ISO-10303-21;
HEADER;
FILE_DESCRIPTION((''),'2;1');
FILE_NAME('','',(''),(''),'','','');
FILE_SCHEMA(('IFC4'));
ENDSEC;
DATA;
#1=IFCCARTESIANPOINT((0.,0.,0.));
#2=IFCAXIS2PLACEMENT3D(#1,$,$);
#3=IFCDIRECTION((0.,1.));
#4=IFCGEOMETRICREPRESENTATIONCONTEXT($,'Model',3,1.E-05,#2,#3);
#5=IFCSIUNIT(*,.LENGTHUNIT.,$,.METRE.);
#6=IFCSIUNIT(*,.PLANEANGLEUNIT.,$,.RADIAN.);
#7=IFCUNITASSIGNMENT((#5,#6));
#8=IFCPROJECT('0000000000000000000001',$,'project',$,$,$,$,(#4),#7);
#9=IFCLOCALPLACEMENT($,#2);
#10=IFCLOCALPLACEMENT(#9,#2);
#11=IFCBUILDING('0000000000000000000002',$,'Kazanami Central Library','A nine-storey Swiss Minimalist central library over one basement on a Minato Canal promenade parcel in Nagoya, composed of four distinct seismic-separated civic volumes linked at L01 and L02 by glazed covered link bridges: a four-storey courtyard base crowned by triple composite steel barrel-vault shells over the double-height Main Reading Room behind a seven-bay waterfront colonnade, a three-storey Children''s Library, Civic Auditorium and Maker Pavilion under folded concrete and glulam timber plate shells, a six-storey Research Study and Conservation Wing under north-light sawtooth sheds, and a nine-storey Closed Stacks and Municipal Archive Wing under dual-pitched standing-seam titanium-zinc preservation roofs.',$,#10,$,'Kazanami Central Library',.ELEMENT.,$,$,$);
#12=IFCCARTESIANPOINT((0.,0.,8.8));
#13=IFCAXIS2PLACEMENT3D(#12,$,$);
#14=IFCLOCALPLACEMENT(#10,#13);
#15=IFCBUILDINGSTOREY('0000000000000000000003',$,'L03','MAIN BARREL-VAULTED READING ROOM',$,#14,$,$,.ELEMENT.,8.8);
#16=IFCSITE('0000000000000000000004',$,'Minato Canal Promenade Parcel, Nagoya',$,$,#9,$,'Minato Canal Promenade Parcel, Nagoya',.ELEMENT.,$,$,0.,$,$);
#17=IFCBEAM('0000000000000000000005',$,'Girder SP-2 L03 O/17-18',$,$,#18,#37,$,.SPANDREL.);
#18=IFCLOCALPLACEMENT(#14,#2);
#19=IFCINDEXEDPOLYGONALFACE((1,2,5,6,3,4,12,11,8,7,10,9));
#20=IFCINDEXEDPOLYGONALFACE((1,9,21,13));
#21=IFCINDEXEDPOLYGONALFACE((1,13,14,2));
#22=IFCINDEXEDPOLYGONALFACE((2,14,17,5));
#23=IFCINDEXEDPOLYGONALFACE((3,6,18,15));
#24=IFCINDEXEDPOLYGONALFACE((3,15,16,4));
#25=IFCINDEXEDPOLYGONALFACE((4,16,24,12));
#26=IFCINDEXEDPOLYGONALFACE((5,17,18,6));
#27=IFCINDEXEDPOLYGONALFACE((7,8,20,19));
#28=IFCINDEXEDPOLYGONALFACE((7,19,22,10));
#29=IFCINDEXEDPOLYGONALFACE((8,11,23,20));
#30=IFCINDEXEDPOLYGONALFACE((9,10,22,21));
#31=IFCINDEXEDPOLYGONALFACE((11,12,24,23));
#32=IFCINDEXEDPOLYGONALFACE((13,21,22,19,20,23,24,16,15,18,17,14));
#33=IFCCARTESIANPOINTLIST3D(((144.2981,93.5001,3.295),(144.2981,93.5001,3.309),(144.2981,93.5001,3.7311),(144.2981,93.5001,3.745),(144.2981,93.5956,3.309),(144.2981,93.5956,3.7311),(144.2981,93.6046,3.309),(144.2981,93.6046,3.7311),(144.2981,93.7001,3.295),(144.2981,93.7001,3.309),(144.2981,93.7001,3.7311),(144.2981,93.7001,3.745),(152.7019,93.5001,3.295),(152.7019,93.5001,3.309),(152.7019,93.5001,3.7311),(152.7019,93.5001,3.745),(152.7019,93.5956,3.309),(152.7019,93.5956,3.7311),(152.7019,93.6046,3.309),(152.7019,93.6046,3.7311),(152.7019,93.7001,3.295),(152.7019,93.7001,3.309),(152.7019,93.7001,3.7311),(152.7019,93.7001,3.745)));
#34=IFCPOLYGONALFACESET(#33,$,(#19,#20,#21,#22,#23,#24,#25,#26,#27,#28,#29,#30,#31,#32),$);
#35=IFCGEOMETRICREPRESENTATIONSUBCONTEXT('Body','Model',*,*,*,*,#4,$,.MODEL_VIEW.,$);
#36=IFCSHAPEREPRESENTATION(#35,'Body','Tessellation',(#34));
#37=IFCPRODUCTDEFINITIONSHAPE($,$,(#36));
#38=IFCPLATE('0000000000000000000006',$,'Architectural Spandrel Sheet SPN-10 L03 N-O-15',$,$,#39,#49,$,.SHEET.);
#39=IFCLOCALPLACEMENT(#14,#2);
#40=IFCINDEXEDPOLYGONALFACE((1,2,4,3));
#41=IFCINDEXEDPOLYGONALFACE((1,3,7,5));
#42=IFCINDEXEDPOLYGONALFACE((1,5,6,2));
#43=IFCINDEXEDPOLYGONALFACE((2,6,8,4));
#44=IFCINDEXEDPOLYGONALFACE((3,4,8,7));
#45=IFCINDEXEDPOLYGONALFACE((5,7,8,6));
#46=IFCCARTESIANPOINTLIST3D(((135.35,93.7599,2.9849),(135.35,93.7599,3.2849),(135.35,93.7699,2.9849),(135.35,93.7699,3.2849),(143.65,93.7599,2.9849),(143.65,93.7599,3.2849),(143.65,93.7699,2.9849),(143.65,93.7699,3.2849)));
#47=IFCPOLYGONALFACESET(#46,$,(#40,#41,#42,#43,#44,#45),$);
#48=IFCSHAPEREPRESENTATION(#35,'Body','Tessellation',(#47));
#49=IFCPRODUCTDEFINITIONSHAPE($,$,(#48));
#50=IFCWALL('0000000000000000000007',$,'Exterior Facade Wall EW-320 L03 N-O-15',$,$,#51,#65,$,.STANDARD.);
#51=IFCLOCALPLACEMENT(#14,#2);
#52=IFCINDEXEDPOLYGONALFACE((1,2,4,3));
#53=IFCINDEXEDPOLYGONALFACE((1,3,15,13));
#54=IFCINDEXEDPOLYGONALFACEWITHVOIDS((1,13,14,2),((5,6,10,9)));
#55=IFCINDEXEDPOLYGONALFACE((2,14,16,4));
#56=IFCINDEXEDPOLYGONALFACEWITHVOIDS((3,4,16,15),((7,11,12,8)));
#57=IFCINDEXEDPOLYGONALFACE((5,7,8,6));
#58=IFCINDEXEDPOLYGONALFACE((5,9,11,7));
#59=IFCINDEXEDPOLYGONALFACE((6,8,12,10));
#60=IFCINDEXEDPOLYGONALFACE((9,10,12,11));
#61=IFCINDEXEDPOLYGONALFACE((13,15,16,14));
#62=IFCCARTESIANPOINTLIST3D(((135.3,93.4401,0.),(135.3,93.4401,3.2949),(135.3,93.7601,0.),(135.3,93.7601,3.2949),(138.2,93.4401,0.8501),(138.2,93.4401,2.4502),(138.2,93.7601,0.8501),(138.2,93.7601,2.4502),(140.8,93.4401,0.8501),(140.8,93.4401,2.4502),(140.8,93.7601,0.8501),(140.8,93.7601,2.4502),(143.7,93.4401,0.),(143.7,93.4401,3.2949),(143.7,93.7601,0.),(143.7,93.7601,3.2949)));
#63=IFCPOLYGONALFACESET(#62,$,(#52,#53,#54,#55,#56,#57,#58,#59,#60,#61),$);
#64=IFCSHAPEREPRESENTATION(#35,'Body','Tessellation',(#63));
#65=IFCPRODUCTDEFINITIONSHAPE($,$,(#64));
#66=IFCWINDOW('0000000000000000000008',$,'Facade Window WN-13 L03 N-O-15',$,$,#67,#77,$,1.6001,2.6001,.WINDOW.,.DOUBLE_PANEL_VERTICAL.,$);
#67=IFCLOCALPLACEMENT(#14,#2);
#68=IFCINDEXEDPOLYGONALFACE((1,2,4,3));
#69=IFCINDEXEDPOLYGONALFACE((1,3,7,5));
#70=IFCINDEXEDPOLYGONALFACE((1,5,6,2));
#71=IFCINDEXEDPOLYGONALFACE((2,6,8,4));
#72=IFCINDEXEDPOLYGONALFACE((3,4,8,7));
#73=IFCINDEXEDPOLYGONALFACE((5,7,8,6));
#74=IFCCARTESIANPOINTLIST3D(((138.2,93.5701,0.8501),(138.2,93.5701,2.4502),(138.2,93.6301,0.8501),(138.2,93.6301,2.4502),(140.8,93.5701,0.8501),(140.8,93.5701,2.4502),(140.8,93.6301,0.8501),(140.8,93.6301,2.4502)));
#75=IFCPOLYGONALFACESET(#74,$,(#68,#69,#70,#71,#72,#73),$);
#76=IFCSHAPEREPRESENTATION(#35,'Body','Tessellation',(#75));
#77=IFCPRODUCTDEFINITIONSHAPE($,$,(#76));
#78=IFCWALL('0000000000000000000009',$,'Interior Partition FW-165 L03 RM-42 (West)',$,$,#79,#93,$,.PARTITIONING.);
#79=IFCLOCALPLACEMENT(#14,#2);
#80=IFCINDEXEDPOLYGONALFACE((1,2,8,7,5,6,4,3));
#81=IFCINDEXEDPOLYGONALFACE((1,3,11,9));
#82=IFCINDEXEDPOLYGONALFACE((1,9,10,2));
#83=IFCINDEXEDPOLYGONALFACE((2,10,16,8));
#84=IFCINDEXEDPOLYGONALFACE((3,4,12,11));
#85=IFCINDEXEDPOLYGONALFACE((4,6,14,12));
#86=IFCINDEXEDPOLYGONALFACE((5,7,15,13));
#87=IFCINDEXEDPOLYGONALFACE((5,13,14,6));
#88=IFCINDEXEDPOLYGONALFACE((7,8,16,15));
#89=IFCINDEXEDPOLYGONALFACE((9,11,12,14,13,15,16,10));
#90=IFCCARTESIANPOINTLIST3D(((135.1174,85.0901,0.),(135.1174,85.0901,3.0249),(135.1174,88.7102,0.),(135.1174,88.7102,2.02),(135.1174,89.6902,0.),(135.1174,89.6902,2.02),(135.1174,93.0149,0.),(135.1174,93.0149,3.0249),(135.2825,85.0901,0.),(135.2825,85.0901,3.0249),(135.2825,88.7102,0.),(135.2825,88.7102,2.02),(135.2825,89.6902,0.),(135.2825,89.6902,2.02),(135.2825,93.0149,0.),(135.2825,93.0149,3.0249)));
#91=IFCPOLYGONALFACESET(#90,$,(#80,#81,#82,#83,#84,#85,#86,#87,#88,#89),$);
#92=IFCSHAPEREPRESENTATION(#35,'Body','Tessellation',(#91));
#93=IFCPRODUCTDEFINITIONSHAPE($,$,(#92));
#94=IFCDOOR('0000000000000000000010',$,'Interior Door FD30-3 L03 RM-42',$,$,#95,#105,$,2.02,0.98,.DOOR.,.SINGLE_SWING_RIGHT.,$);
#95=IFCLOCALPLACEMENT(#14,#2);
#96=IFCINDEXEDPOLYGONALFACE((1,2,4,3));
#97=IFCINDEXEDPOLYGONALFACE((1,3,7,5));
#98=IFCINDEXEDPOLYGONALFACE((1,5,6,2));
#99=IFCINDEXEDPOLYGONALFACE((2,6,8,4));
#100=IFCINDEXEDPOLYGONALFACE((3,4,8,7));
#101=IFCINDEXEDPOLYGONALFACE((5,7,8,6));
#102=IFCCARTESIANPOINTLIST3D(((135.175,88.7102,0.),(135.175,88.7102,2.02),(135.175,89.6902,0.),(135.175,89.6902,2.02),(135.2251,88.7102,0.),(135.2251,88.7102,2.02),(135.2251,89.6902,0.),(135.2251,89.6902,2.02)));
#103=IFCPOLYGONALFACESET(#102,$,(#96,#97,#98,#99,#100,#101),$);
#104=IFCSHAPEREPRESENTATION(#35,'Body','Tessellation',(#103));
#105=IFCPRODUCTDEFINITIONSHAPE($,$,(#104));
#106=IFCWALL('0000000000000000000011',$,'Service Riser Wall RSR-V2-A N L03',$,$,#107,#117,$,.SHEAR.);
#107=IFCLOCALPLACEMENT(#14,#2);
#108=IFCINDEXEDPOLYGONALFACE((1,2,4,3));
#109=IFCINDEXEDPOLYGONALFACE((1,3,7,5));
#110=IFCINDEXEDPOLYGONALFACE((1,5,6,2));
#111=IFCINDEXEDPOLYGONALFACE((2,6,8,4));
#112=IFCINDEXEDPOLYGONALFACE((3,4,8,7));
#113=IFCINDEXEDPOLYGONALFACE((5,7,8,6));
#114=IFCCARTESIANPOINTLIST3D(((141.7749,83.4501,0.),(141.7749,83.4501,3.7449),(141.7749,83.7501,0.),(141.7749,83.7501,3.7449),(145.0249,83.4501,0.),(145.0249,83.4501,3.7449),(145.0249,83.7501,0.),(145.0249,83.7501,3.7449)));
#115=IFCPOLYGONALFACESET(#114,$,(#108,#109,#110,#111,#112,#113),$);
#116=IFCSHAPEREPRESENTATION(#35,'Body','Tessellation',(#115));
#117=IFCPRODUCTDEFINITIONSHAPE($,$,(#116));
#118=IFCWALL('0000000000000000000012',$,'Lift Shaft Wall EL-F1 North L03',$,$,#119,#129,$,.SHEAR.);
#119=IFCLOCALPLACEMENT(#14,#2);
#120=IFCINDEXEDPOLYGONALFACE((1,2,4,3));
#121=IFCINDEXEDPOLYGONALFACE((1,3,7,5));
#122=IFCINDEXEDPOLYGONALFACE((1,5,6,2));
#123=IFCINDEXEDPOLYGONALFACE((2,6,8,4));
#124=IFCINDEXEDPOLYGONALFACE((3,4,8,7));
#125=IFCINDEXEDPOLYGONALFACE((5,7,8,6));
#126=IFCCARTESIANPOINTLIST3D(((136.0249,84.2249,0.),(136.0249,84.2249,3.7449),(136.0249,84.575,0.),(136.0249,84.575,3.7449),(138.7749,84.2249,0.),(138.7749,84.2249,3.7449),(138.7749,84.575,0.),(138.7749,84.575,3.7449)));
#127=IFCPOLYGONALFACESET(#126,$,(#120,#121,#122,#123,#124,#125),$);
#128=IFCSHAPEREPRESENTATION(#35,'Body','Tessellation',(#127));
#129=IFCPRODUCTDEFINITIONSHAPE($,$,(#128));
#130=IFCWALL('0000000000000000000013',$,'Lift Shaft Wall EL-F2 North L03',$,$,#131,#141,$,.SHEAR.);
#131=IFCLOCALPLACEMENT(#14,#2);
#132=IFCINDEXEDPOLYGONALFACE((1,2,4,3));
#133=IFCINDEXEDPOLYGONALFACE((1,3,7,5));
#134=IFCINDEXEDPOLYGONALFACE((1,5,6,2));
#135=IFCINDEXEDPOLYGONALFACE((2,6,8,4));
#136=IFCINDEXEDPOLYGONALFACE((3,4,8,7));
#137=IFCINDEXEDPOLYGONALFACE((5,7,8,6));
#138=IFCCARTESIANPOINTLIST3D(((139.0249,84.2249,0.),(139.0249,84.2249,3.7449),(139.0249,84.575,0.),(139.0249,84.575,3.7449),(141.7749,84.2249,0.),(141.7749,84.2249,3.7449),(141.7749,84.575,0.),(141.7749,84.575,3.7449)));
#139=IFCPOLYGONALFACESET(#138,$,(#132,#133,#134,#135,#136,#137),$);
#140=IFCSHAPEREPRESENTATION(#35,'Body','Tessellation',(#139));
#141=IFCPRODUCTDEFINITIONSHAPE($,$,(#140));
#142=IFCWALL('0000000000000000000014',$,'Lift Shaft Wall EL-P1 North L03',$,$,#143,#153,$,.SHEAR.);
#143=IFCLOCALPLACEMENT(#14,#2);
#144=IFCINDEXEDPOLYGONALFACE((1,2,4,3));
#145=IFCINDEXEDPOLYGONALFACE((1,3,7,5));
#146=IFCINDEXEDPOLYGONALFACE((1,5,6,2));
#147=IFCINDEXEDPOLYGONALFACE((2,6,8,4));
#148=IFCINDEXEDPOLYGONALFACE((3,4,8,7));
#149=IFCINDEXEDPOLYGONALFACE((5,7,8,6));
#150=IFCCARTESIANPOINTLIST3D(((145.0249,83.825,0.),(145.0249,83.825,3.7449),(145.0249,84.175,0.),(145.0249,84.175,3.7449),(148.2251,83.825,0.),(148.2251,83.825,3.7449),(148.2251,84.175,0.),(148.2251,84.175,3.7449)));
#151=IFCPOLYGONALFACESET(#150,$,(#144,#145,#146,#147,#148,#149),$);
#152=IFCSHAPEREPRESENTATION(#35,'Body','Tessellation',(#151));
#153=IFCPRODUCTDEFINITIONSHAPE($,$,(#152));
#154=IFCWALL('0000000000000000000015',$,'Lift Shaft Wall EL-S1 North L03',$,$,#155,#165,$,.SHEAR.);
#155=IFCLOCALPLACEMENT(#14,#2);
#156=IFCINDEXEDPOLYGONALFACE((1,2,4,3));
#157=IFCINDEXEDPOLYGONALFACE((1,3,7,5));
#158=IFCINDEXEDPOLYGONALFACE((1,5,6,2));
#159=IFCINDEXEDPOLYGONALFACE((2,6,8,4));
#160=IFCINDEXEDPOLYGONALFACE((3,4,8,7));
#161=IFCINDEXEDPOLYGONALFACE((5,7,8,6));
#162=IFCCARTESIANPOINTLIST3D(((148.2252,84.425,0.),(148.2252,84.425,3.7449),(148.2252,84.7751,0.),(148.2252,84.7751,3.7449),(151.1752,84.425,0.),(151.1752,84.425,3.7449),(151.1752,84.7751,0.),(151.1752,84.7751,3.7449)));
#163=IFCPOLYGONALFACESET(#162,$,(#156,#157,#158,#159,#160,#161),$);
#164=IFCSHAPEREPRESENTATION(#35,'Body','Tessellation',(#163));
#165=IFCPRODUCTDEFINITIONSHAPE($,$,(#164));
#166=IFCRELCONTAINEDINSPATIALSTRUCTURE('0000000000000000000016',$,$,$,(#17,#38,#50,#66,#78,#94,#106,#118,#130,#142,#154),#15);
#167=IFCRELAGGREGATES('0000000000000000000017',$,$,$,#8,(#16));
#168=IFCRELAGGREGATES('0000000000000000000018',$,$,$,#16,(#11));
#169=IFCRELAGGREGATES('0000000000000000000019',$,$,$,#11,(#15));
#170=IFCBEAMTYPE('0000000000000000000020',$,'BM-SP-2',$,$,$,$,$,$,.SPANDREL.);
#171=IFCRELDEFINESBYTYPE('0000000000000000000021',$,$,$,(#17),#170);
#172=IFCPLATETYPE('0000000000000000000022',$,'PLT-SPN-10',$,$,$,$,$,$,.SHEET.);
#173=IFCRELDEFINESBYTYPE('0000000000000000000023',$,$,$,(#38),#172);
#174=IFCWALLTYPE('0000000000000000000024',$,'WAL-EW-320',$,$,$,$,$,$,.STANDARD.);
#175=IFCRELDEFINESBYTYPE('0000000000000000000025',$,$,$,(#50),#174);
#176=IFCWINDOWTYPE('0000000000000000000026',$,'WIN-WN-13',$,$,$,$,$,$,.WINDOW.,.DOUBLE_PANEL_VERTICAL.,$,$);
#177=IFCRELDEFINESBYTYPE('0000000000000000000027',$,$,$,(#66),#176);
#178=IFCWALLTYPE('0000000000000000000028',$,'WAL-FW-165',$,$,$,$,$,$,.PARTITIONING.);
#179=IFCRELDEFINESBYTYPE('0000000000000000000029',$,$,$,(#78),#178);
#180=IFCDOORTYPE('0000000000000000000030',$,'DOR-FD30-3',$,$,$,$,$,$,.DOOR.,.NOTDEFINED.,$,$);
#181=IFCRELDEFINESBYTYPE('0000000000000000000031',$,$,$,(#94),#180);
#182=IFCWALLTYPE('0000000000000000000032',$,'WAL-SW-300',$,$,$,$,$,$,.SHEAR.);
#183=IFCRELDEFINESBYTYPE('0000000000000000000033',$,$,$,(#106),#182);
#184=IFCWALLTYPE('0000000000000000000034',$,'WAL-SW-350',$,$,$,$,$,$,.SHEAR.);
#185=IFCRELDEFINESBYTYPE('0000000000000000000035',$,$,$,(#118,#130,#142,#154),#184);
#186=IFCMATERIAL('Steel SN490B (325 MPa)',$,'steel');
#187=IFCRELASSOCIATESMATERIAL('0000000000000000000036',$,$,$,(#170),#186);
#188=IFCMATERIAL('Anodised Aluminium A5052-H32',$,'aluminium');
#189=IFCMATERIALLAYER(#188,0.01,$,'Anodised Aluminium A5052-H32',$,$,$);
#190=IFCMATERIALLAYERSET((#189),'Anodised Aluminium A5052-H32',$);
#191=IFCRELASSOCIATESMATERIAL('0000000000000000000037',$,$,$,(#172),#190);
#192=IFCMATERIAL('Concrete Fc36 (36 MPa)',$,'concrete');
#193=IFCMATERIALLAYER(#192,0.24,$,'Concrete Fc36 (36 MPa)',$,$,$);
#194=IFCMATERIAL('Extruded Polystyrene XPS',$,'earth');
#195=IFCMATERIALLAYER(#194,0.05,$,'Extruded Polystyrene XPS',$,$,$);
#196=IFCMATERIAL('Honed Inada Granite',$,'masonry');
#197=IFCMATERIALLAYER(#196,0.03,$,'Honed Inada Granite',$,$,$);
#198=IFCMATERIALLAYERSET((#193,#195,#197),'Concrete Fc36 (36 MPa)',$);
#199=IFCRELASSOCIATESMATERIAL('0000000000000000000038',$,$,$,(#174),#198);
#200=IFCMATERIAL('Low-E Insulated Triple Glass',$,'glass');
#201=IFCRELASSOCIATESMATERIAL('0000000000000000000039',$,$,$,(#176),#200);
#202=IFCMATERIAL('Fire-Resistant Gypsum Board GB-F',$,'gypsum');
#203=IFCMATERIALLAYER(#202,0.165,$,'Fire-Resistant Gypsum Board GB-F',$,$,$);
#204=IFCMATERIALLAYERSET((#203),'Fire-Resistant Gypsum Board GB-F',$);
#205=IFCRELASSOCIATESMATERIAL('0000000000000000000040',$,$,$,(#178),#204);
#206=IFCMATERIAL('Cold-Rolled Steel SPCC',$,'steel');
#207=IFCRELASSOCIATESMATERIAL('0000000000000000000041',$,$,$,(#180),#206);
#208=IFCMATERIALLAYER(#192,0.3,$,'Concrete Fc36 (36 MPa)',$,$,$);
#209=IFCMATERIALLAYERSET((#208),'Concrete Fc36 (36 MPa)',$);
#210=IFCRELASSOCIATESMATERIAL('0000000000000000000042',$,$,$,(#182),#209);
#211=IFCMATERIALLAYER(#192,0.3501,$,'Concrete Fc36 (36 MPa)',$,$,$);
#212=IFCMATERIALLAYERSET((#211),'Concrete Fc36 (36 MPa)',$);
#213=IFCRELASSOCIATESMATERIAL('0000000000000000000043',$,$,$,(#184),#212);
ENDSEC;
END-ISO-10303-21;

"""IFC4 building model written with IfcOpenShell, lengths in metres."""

from ifc_helpers import new_model, si_unit, direction, frame, frame_2d, origin, origin_2d, place, context, subcontext, project, spatial, rectangle, i_section, extrude, material, layer, layer_set, material_profile, profile_set, type_object, element, fill, save


model = new_model("IFC4")

# Units and contexts
model_context = context("Model", 3, precision=1e-05, world=origin(), true_north=direction((0.0, 1.0)))
body_context = subcontext(model_context, "Body", "Model", "MODEL_VIEW")
ifc_project = project(units=[si_unit("LENGTHUNIT", "METRE"), si_unit("PLANEANGLEUNIT", "RADIAN")], contexts=[model_context])

# Site, building, storey
site_placement = place(None, origin())
site = spatial("IfcSite", under=ifc_project, at=site_placement, Name="Minato Canal Promenade Parcel, Nagoya", LongName="Minato Canal Promenade Parcel, Nagoya", CompositionType="ELEMENT", RefElevation=0.0)
building_placement = place(site_placement, origin())
building = spatial("IfcBuilding", under=site, at=building_placement, Name="Kazanami Central Library", Description="A nine-storey Swiss Minimalist central library over one basement on a Minato Canal promenade parcel in Nagoya, composed of four distinct seismic-separated civic volumes linked at L01 and L02 by glazed covered link bridges: a four-storey courtyard base crowned by triple composite steel barrel-vault shells over the double-height Main Reading Room behind a seven-bay waterfront colonnade, a three-storey Children's Library, Civic Auditorium and Maker Pavilion under folded concrete and glulam timber plate shells, a six-storey Research Study and Conservation Wing under north-light sawtooth sheds, and a nine-storey Closed Stacks and Municipal Archive Wing under dual-pitched standing-seam titanium-zinc preservation roofs.", LongName="Kazanami Central Library", CompositionType="ELEMENT")
storey_placement = place(building_placement, frame((0.0, 0.0, 8.8)))
storey = spatial("IfcBuildingStorey", under=building, at=storey_placement, Name="L03", Description="MAIN BARREL-VAULTED READING ROOM", CompositionType="ELEMENT", Elevation=8.8)

# Beam
ifc_material_1 = material(Name="Steel SN490B (325 MPa)", Category="steel")
ifc_material_profile_1 = material_profile(ifc_material_1, i_section(OverallWidth=0.2, OverallDepth=0.45, WebThickness=0.009, FlangeThickness=0.0139, at=origin_2d()), Name="H-450x200x9x14")
ifc_profile_set_1 = profile_set([ifc_material_profile_1], Name="Steel SN490B (325 MPa)")
beam_type_1 = type_object("IfcBeamType", Name="BM-SP-2", PredefinedType="SPANDREL", material=ifc_profile_set_1)
for number, where, z_axis, x_axis, name in (
    (1, (144.2981, 93.6001, 3.52), (1.0, 0.0, 0.0), (0.0, 1.0, 0.0), "Girder SP-2 L03 O/17-18"),
):
    element("IfcBeam", number, at=place(storey_placement, frame(where, z_axis=z_axis, x_axis=x_axis)), inside=storey, type_object=beam_type_1, Name=name, PredefinedType="SPANDREL", context=body_context, shape_type="SweptSolid", body=[
        extrude(i_section(OverallWidth=0.2, OverallDepth=0.45, WebThickness=0.009, FlangeThickness=0.0139, at=origin_2d()), origin(), (0.0, 0.0, 1.0), 8.4038),
    ])

# Plate
ifc_material_2 = material(Name="Anodised Aluminium A5052-H32", Category="aluminium")
ifc_layer_1 = layer(ifc_material_2, 0.01, Name="Anodised Aluminium A5052-H32")
ifc_layer_set_1 = layer_set([ifc_layer_1], Name="Anodised Aluminium A5052-H32")
plate_type = type_object("IfcPlateType", Name="PLT-SPN-10", PredefinedType="SHEET", material=ifc_layer_set_1)
plate_placement = place(storey_placement, frame((139.5, 93.7649, 2.9849), z_axis=(0.0, 0.0, 1.0), x_axis=(-1.0, 0.0, 0.0)))
element("IfcPlate", 2, at=plate_placement, inside=storey, type_object=plate_type, Name="Architectural Spandrel Sheet SPN-10 L03 N-O-15", PredefinedType="SHEET", context=body_context, shape_type="SweptSolid", body=[
    extrude(rectangle(XDim=8.3, YDim=0.01, at=origin_2d()), origin(), (0.0, 0.0, 1.0), 0.3),
])

# Wall, opening, window
ifc_material_3 = material(Name="Concrete Fc36 (36 MPa)", Category="concrete")
ifc_layer_2 = layer(ifc_material_3, 0.24, Name="Concrete Fc36 (36 MPa)")
ifc_material_4 = material(Name="Extruded Polystyrene XPS", Category="earth")
ifc_layer_3 = layer(ifc_material_4, 0.05, Name="Extruded Polystyrene XPS")
ifc_material_5 = material(Name="Honed Inada Granite", Category="masonry")
ifc_layer_4 = layer(ifc_material_5, 0.03, Name="Honed Inada Granite")
ifc_layer_set_2 = layer_set([ifc_layer_2, ifc_layer_3, ifc_layer_4], Name="Concrete Fc36 (36 MPa)")
wall_type_1 = type_object("IfcWallType", Name="WAL-EW-320", PredefinedType="STANDARD", material=ifc_layer_set_2)
wall_1_placement = place(storey_placement, frame((143.7, 93.6001, 0.0), z_axis=(0.0, 0.0, 1.0), x_axis=(-1.0, 0.0, 0.0)))
wall_1 = element("IfcWall", 3, at=wall_1_placement, inside=storey, type_object=wall_type_1, Name="Exterior Facade Wall EW-320 L03 N-O-15", PredefinedType="STANDARD", context=body_context, shape_type="SweptSolid", body=[
    extrude(rectangle(XDim=8.3999, YDim=0.3201, at=frame_2d((4.2, 0.0))), origin(), (0.0, 0.0, 1.0), 3.2949),
])
opening_1_placement = place(wall_1_placement, frame((2.8999, 0.0, 0.8501)))
opening_1 = element("IfcOpeningElement", 4, at=opening_1_placement, cuts=wall_1, PredefinedType="OPENING", context=body_context, shape_type="SweptSolid", body=[
    extrude(rectangle(XDim=2.6001, YDim=1.6001, at=frame_2d((1.3, 0.8))), frame((0.0, 0.1719, 0.0), z_axis=(0.0, -1.0, 0.0), x_axis=(1.0, 0.0, 0.0)), (0.0, 0.0, 1.0), 0.344),
])
ifc_material_6 = material(Name="Low-E Insulated Triple Glass", Category="glass")
window_type = type_object("IfcWindowType", Name="WIN-WN-13", PartitioningType="DOUBLE_PANEL_VERTICAL", PredefinedType="WINDOW", material=ifc_material_6)
window_placement = place(opening_1_placement, origin())
window = element("IfcWindow", 5, at=window_placement, inside=storey, type_object=window_type, Name="Facade Window WN-13 L03 N-O-15", OverallHeight=1.6001, OverallWidth=2.6001, PartitioningType="DOUBLE_PANEL_VERTICAL", PredefinedType="WINDOW", context=body_context, shape_type="SweptSolid", body=[
    extrude(rectangle(XDim=2.6001, YDim=1.6001, at=frame_2d((1.3, 0.8))), frame((0.0, 0.03, 0.0), z_axis=(0.0, -1.0, 0.0), x_axis=(1.0, 0.0, 0.0)), (0.0, 0.0, 1.0), 0.0601),
])
fill(opening_1, window)

# Wall, opening, door
ifc_material_7 = material(Name="Fire-Resistant Gypsum Board GB-F", Category="gypsum")
ifc_layer_5 = layer(ifc_material_7, 0.165, Name="Fire-Resistant Gypsum Board GB-F")
ifc_layer_set_3 = layer_set([ifc_layer_5], Name="Fire-Resistant Gypsum Board GB-F")
wall_type_2 = type_object("IfcWallType", Name="WAL-FW-165", PredefinedType="PARTITIONING", material=ifc_layer_set_3)
wall_2_placement = place(storey_placement, frame((135.2, 85.0901, 0.0), z_axis=(0.0, 0.0, 1.0), x_axis=(0.0, 1.0, 0.0)))
wall_2 = element("IfcWall", 6, at=wall_2_placement, inside=storey, type_object=wall_type_2, Name="Interior Partition FW-165 L03 RM-42 (West)", PredefinedType="PARTITIONING", context=body_context, shape_type="SweptSolid", body=[
    extrude(rectangle(XDim=7.9248, YDim=0.165, at=frame_2d((3.9624, 0.0))), origin(), (0.0, 0.0, 1.0), 3.0249),
])
opening_2_placement = place(wall_2_placement, frame((3.6201, 0.0, 0.0)))
opening_2 = element("IfcOpeningElement", 7, at=opening_2_placement, cuts=wall_2, PredefinedType="OPENING", context=body_context, shape_type="SweptSolid", body=[
    extrude(rectangle(XDim=0.98, YDim=2.02, at=frame_2d((0.49, 1.01))), frame((0.0, 0.0945, 0.0), z_axis=(0.0, -1.0, 0.0), x_axis=(1.0, 0.0, 0.0)), (0.0, 0.0, 1.0), 0.189),
])
ifc_material_8 = material(Name="Cold-Rolled Steel SPCC", Category="steel")
door_type = type_object("IfcDoorType", Name="DOR-FD30-3", OperationType="NOTDEFINED", PredefinedType="DOOR", material=ifc_material_8)
door_placement = place(opening_2_placement, origin())
door = element("IfcDoor", 8, at=door_placement, inside=storey, type_object=door_type, Name="Interior Door FD30-3 L03 RM-42", OperationType="SINGLE_SWING_RIGHT", OverallHeight=2.02, OverallWidth=0.98, PredefinedType="DOOR", context=body_context, shape_type="SweptSolid", body=[
    extrude(rectangle(XDim=0.98, YDim=2.02, at=frame_2d((0.49, 1.01))), frame((0.0, 0.0249, 0.0), z_axis=(0.0, -1.0, 0.0), x_axis=(1.0, 0.0, 0.0)), (0.0, 0.0, 1.0), 0.05),
])
fill(opening_2, door)

# Walls
ifc_layer_6 = layer(ifc_material_3, 0.3, Name="Concrete Fc36 (36 MPa)")
ifc_layer_set_4 = layer_set([ifc_layer_6], Name="Concrete Fc36 (36 MPa)")
wall_type_3 = type_object("IfcWallType", Name="WAL-SW-300", PredefinedType="SHEAR", material=ifc_layer_set_4)
wall_3_placement = place(storey_placement, frame((141.7749, 83.6001, 0.0), z_axis=(0.0, 0.0, 1.0), x_axis=(1.0, 0.0, 0.0)))
element("IfcWall", 9, at=wall_3_placement, inside=storey, type_object=wall_type_3, Name="Service Riser Wall RSR-V2-A N L03", PredefinedType="SHEAR", context=body_context, shape_type="SweptSolid", body=[
    extrude(rectangle(XDim=3.25, YDim=0.3, at=frame_2d((1.625, 0.0))), origin(), (0.0, 0.0, 1.0), 3.7449),
])
ifc_layer_7 = layer(ifc_material_3, 0.3501, Name="Concrete Fc36 (36 MPa)")
ifc_layer_set_5 = layer_set([ifc_layer_7], Name="Concrete Fc36 (36 MPa)")
wall_type_4 = type_object("IfcWallType", Name="WAL-SW-350", PredefinedType="SHEAR", material=ifc_layer_set_5)
for number, where, z_axis, x_axis, name in (
    (10, (136.0249, 84.3999, 0.0), (0.0, 0.0, 1.0), (1.0, 0.0, 0.0), "Lift Shaft Wall EL-F1 North L03"),
    (11, (139.0249, 84.3999, 0.0), (0.0, 0.0, 1.0), (1.0, 0.0, 0.0), "Lift Shaft Wall EL-F2 North L03"),
):
    element("IfcWall", number, at=place(storey_placement, frame(where, z_axis=z_axis, x_axis=x_axis)), inside=storey, type_object=wall_type_4, Name=name, PredefinedType="SHEAR", context=body_context, shape_type="SweptSolid", body=[
        extrude(rectangle(XDim=2.75, YDim=0.3501, at=frame_2d((1.375, 0.0))), origin(), (0.0, 0.0, 1.0), 3.7449),
    ])
wall_4_placement = place(storey_placement, frame((145.0249, 84.0, 0.0), z_axis=(0.0, 0.0, 1.0), x_axis=(1.0, 0.0, 0.0)))
element("IfcWall", 12, at=wall_4_placement, inside=storey, type_object=wall_type_4, Name="Lift Shaft Wall EL-P1 North L03", PredefinedType="SHEAR", context=body_context, shape_type="SweptSolid", body=[
    extrude(rectangle(XDim=3.2002, YDim=0.3501, at=frame_2d((1.6001, 0.0))), origin(), (0.0, 0.0, 1.0), 3.7449),
])
wall_5_placement = place(storey_placement, frame((148.2251, 84.6001, 0.0), z_axis=(0.0, 0.0, 1.0), x_axis=(1.0, 0.0, 0.0)))
element("IfcWall", 13, at=wall_5_placement, inside=storey, type_object=wall_type_4, Name="Lift Shaft Wall EL-S1 North L03", PredefinedType="SHEAR", context=body_context, shape_type="SweptSolid", body=[
    extrude(rectangle(XDim=2.95, YDim=0.3501, at=frame_2d((1.4751, 0.0))), origin(), (0.0, 0.0, 1.0), 3.7449),
])

save(model, "model.ifc")
